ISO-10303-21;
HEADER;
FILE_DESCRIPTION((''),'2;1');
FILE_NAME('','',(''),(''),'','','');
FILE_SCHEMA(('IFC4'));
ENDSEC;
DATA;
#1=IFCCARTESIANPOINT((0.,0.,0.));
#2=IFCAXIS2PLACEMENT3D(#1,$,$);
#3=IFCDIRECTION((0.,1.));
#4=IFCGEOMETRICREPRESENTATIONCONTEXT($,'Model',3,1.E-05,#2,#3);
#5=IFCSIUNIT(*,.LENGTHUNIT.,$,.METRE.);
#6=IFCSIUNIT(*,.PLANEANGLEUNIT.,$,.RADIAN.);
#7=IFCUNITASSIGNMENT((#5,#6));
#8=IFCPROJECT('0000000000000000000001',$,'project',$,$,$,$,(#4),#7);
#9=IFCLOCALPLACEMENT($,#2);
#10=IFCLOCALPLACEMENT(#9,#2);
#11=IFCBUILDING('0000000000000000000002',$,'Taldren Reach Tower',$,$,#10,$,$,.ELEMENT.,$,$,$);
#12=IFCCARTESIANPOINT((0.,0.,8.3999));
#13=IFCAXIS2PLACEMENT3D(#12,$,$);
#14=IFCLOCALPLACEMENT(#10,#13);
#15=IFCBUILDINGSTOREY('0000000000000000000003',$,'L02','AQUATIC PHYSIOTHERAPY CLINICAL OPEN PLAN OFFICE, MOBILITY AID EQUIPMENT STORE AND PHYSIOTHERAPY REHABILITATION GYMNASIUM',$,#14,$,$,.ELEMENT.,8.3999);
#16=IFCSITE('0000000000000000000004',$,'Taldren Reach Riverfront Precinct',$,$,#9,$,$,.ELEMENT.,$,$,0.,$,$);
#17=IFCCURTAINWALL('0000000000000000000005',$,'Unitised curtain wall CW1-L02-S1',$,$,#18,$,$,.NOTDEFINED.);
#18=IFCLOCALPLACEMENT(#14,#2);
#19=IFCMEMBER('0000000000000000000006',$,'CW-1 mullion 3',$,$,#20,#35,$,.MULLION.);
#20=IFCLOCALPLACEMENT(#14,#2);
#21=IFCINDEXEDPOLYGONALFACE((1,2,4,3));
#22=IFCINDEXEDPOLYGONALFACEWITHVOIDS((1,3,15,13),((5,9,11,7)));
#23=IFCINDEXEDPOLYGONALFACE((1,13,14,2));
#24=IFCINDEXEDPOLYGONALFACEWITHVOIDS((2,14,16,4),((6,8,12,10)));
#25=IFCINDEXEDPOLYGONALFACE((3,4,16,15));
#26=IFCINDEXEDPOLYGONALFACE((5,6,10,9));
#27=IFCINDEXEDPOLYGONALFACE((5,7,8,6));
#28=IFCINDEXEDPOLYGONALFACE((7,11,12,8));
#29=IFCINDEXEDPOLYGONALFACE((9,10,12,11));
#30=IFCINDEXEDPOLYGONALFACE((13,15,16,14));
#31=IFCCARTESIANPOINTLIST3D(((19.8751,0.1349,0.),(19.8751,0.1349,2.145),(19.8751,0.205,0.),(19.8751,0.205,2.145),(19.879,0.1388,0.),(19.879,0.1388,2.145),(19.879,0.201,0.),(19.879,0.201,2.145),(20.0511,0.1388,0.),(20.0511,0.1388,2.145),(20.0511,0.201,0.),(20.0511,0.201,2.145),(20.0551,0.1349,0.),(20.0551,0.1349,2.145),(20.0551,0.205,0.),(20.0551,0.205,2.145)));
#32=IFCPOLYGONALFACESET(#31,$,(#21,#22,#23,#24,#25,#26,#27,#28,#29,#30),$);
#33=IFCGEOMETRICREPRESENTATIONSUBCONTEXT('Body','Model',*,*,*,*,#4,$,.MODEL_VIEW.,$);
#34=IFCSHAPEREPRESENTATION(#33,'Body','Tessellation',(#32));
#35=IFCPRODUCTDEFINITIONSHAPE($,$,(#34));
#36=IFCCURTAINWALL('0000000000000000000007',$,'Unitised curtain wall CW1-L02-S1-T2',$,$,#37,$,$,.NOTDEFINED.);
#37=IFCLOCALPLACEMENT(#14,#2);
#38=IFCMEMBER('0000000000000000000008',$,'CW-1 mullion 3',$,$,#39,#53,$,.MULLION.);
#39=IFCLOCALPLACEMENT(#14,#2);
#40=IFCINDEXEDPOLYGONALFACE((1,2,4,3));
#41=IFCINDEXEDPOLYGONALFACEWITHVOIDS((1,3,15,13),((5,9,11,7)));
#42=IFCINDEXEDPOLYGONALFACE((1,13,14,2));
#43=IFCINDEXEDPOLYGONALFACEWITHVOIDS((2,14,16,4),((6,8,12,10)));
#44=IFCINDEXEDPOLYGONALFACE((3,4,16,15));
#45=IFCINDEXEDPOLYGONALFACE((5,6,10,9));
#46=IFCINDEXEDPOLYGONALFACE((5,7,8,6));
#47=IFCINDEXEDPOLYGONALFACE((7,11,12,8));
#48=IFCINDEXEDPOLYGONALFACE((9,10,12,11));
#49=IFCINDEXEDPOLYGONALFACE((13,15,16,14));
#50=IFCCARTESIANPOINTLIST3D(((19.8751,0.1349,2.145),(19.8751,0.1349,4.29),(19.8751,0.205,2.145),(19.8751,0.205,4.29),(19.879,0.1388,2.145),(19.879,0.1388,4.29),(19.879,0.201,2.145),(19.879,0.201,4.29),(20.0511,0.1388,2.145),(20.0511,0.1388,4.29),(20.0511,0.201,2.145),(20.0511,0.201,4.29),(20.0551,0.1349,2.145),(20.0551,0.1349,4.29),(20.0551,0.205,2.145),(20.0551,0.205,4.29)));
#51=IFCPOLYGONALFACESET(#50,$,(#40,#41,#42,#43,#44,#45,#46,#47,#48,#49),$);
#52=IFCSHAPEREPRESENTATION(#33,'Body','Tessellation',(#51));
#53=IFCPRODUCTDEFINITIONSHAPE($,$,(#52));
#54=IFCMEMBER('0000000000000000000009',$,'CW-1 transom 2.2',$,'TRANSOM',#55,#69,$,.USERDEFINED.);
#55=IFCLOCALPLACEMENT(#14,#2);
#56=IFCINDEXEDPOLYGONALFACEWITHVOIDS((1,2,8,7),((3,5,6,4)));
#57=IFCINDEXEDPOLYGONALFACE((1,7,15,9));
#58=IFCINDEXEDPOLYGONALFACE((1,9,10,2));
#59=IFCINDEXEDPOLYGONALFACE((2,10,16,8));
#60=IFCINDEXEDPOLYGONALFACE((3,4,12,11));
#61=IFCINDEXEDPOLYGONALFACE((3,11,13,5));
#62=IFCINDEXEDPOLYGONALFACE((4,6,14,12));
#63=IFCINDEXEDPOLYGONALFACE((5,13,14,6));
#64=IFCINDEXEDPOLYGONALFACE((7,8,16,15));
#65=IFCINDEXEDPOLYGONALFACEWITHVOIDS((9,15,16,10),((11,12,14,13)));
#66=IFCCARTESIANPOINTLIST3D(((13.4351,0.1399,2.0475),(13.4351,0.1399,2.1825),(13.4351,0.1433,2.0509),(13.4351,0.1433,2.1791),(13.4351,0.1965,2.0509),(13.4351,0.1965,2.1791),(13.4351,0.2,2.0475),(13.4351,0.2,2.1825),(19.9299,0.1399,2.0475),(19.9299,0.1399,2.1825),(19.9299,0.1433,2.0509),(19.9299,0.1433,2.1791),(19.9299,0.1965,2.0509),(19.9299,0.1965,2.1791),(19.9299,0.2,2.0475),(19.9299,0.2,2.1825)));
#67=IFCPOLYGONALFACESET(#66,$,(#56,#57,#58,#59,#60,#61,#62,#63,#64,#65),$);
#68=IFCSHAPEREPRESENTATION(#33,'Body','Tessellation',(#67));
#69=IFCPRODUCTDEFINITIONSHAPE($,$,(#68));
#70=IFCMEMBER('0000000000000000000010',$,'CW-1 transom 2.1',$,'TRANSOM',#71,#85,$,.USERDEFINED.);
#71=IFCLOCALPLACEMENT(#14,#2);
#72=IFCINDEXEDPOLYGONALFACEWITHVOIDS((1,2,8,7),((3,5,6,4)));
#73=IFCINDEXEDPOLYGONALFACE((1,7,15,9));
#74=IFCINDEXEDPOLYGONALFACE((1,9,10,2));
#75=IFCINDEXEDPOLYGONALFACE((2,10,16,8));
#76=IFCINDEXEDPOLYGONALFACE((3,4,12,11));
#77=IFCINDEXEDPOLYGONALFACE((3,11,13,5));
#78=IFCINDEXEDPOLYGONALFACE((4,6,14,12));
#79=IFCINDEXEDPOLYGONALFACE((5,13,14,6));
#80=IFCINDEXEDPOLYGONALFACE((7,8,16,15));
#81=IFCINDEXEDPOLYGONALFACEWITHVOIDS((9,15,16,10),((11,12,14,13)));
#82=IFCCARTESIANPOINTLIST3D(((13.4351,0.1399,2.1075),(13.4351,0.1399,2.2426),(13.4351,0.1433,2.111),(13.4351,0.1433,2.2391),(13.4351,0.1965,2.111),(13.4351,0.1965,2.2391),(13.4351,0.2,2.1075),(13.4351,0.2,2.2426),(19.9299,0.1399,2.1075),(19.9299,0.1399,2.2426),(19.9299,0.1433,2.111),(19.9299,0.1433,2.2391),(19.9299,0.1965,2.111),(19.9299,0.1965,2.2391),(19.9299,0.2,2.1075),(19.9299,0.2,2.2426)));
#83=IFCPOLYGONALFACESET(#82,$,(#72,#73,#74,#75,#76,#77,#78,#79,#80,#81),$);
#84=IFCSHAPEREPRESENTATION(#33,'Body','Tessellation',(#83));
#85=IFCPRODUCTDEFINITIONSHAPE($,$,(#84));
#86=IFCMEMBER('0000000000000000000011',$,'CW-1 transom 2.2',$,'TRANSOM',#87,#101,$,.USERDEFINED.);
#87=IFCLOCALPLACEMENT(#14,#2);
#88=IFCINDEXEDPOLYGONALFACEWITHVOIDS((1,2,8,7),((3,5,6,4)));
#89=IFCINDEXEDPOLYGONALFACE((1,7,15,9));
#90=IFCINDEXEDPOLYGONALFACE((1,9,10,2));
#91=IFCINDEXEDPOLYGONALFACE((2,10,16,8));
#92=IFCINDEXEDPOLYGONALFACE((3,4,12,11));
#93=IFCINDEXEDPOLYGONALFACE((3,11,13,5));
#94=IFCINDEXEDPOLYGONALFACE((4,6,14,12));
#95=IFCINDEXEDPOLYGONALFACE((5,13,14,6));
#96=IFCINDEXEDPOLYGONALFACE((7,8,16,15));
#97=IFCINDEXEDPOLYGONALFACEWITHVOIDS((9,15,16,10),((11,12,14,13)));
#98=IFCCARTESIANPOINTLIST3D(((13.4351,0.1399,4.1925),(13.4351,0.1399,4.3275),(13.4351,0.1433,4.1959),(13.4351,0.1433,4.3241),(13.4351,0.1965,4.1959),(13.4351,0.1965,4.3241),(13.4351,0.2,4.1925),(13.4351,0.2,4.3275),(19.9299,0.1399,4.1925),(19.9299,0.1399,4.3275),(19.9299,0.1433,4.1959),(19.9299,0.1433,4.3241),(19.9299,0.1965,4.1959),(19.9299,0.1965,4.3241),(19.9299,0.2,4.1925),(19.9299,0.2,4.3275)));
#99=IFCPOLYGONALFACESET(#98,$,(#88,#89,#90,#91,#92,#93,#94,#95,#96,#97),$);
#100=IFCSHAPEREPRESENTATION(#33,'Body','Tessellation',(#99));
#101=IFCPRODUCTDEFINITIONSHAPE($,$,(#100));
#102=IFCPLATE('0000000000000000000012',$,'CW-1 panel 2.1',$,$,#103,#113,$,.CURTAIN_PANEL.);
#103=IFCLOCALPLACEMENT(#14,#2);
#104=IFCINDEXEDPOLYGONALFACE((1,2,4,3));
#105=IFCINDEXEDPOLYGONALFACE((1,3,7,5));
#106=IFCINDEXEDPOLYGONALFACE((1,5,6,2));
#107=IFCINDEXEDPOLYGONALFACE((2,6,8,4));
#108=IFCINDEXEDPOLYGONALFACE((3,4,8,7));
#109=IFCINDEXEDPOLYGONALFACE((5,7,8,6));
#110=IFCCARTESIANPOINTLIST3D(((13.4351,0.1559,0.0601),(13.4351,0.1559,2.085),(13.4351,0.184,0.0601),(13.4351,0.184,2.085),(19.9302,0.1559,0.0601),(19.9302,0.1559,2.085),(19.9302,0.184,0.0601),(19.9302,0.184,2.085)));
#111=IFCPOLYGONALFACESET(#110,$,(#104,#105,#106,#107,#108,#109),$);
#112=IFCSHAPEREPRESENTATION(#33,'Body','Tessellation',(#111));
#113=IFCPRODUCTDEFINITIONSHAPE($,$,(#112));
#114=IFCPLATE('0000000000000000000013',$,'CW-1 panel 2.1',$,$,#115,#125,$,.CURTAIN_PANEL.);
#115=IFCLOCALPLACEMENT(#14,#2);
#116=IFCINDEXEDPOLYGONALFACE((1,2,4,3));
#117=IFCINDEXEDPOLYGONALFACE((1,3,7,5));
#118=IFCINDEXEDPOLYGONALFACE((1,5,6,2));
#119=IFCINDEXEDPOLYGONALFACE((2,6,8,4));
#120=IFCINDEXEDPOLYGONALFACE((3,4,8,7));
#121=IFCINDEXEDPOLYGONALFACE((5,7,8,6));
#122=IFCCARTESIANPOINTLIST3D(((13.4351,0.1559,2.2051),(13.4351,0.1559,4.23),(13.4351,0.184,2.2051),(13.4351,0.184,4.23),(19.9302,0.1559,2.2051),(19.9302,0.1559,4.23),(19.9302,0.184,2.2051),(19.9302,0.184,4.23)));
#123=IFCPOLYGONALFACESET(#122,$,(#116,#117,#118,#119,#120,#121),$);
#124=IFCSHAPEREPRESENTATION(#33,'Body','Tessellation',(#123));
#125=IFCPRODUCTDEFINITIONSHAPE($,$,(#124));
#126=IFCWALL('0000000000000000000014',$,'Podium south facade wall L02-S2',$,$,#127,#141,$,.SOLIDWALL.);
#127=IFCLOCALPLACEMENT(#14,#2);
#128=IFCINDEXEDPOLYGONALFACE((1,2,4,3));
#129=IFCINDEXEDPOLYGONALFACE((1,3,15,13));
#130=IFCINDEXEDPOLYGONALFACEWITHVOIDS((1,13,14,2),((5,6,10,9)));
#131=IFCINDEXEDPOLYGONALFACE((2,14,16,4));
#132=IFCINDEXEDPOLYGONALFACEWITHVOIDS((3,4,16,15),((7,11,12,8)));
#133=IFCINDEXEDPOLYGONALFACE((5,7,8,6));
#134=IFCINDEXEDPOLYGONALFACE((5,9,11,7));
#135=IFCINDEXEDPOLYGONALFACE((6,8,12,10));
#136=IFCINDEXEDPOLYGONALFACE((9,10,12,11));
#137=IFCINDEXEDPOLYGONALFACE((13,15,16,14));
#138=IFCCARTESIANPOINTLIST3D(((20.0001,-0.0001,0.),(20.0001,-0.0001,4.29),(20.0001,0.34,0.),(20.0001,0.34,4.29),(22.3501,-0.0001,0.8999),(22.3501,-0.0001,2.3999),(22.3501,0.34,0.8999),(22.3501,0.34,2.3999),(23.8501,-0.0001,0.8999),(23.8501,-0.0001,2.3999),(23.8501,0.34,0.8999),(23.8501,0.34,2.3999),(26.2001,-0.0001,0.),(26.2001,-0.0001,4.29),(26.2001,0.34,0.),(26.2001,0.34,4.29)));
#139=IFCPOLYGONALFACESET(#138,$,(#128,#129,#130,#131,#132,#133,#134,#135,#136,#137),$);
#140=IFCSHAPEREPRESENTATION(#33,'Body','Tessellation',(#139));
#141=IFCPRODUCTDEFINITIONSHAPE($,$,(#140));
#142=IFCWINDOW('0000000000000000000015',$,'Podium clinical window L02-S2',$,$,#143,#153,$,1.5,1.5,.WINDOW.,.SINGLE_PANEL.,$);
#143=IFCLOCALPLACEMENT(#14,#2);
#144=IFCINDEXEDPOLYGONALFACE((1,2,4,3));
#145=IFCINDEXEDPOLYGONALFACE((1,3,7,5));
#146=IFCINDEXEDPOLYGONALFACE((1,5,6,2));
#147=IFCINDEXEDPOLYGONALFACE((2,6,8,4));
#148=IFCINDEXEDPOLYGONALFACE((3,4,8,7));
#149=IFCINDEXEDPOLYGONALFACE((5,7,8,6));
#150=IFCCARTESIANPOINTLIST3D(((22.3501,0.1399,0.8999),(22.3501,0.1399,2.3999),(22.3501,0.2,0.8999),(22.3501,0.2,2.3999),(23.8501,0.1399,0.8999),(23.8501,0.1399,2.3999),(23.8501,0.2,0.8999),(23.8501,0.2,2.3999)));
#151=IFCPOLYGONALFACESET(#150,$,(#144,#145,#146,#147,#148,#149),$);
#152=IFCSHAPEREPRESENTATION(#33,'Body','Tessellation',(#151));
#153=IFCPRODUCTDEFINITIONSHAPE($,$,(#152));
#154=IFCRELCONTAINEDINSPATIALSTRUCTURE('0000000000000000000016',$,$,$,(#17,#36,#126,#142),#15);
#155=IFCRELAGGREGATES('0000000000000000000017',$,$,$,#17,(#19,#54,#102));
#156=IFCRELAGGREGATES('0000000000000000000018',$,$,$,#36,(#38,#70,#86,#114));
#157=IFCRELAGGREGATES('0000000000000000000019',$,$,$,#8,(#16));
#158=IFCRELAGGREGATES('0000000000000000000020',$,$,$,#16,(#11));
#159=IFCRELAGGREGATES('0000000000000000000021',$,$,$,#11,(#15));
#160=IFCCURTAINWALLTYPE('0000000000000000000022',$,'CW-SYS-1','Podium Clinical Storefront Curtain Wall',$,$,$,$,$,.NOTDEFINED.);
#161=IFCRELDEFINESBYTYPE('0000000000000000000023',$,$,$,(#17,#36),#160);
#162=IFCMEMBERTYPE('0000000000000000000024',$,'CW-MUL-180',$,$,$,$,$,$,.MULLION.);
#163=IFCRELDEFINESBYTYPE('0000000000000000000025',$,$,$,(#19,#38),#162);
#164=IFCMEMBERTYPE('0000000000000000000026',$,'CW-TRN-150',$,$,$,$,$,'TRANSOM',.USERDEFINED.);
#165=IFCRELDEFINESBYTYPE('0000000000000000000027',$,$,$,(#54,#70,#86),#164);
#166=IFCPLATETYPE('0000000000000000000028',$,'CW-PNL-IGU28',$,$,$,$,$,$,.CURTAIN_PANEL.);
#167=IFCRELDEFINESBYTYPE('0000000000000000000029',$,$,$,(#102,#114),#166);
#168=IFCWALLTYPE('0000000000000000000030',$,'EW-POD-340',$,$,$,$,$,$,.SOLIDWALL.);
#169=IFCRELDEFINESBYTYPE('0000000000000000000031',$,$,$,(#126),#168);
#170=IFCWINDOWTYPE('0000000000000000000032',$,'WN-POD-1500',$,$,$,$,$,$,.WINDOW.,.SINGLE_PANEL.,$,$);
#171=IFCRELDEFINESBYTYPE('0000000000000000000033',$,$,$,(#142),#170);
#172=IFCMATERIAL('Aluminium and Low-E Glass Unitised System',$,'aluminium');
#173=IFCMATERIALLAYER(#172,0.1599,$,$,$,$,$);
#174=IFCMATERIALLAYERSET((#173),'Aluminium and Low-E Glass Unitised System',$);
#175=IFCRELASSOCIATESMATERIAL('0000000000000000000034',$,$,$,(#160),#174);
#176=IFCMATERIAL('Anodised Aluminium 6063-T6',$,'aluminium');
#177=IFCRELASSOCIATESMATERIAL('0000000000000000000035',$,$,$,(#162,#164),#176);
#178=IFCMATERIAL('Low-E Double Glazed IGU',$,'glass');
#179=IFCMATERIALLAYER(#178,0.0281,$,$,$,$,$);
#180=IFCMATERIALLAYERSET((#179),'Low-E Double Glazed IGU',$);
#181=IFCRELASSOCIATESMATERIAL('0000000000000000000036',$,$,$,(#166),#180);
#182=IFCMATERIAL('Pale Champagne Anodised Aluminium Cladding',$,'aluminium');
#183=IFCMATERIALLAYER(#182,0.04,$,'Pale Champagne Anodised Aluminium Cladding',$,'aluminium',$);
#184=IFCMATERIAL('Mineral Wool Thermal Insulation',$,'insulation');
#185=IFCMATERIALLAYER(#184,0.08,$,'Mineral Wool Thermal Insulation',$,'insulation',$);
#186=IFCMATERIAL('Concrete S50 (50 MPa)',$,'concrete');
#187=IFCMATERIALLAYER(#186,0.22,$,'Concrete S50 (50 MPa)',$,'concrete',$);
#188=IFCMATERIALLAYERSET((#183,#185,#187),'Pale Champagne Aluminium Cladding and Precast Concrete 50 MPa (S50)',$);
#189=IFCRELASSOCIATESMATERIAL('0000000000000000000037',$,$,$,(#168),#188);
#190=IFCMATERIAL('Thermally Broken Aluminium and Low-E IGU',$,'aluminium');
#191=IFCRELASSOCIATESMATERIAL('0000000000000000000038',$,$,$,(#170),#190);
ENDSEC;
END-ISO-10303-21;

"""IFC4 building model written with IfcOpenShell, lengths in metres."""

from ifc_helpers import new_model, si_unit, direction, frame, frame_2d, origin, origin_2d, place, context, subcontext, project, spatial, rectangle, hollow_rectangle, extrude, source, transform, mapped, material, layer, layer_set, material_profile, profile_set, type_object, element, fill, aggregate, save


model = new_model("IFC4")

# Units and contexts
model_context = context("Model", 3, precision=1e-05, world=origin(), true_north=direction((0.0, 1.0)))
body_context = subcontext(model_context, "Body", "Model", "MODEL_VIEW")
ifc_project = project(units=[si_unit("LENGTHUNIT", "METRE"), si_unit("PLANEANGLEUNIT", "RADIAN")], contexts=[model_context])

# Site, building, storey
site_placement = place(None, origin())
site = spatial("IfcSite", under=ifc_project, at=site_placement, Name="Taldren Reach Riverfront Precinct", CompositionType="ELEMENT", RefElevation=0.0)
building_placement = place(site_placement, origin())
building = spatial("IfcBuilding", under=site, at=building_placement, Name="Taldren Reach Tower", CompositionType="ELEMENT")
storey_placement = place(building_placement, frame((0.0, 0.0, 8.3999)))
storey = spatial("IfcBuildingStorey", under=building, at=storey_placement, Name="L02", Description="AQUATIC PHYSIOTHERAPY CLINICAL OPEN PLAN OFFICE, MOBILITY AID EQUIPMENT STORE AND PHYSIOTHERAPY REHABILITATION GYMNASIUM", CompositionType="ELEMENT", Elevation=8.3999)

# Curtain walls, members
ifc_material_1 = material(Name="Aluminium and Low-E Glass Unitised System", Category="aluminium")
ifc_layer_1 = layer(ifc_material_1, 0.1599)
ifc_layer_set_1 = layer_set([ifc_layer_1], Name="Aluminium and Low-E Glass Unitised System")
curtain_wall_type = type_object("IfcCurtainWallType", Name="CW-SYS-1", Description="Podium Clinical Storefront Curtain Wall", PredefinedType="NOTDEFINED", material=ifc_layer_set_1)
curtain_wall_1_placement = place(storey_placement, origin())
curtain_wall_1 = element("IfcCurtainWall", 1, at=curtain_wall_1_placement, inside=storey, type_object=curtain_wall_type, Name="Unitised curtain wall CW1-L02-S1", PredefinedType="NOTDEFINED")
ifc_material_2 = material(Name="Anodised Aluminium 6063-T6", Category="aluminium")
ifc_material_profile_1 = material_profile(ifc_material_2, hollow_rectangle(XDim=0.0701, YDim=0.1799, WallThickness=0.0039, at=origin_2d()), Name="ALU-180x70x4RHS")
ifc_profile_set_1 = profile_set([ifc_material_profile_1], Name="Anodised Aluminium 6063-T6")
member_type_1 = type_object("IfcMemberType", Name="CW-MUL-180", PredefinedType="MULLION", material=ifc_profile_set_1)
shared_shape_1 = source(origin(), body_context, "Body", "SweptSolid", [
    extrude(hollow_rectangle(XDim=0.0701, YDim=0.1799, WallThickness=0.0039, at=origin_2d()), origin(), (0.0, 0.0, 1.0), 2.145),
])
member_1_placement = place(storey_placement, frame((19.9651, 0.1699, 0.0), z_axis=(0.0, 0.0, 1.0), x_axis=(0.0, 1.0, 0.0)))
member_1 = element("IfcMember", 2, at=member_1_placement, type_object=member_type_1, Name="CW-1 mullion 3", PredefinedType="MULLION", context=body_context, shape_type="MappedRepresentation", body=[
    mapped(shared_shape_1, transform((0.0, 0.0, 0.0), scale=1.0)),
])
curtain_wall_2_placement = place(storey_placement, origin())
curtain_wall_2 = element("IfcCurtainWall", 3, at=curtain_wall_2_placement, inside=storey, type_object=curtain_wall_type, Name="Unitised curtain wall CW1-L02-S1-T2", PredefinedType="NOTDEFINED")
member_2_placement = place(storey_placement, frame((19.9651, 0.1699, 2.145), z_axis=(0.0, 0.0, 1.0), x_axis=(0.0, 1.0, 0.0)))
member_2 = element("IfcMember", 4, at=member_2_placement, type_object=member_type_1, Name="CW-1 mullion 3", PredefinedType="MULLION", context=body_context, shape_type="MappedRepresentation", body=[
    mapped(shared_shape_1, transform((0.0, 0.0, 0.0), scale=1.0)),
])

# Members
ifc_material_profile_2 = material_profile(ifc_material_2, hollow_rectangle(XDim=0.0601, YDim=0.135, WallThickness=0.0034, at=origin_2d()), Name="ALU-135x60x3.5RHS")
ifc_profile_set_2 = profile_set([ifc_material_profile_2], Name="Anodised Aluminium 6063-T6")
member_type_2 = type_object("IfcMemberType", Name="CW-TRN-150", ElementType="TRANSOM", PredefinedType="USERDEFINED", material=ifc_profile_set_2)
shared_shape_2 = source(origin(), body_context, "Body", "SweptSolid", [
    extrude(hollow_rectangle(XDim=0.0601, YDim=0.135, WallThickness=0.0034, at=origin_2d()), origin(), (0.0, 0.0, 1.0), 6.4949),
])
member_3_placement = place(storey_placement, frame((13.4351, 0.1699, 2.115), z_axis=(1.0, 0.0, 0.0), x_axis=(0.0, 1.0, 0.0)))
member_3 = element("IfcMember", 5, at=member_3_placement, type_object=member_type_2, Name="CW-1 transom 2.2", ObjectType="TRANSOM", PredefinedType="USERDEFINED", context=body_context, shape_type="MappedRepresentation", body=[
    mapped(shared_shape_2, transform((0.0, 0.0, 0.0), scale=1.0)),
])
member_4_placement = place(storey_placement, frame((13.4351, 0.1699, 2.175), z_axis=(1.0, 0.0, 0.0), x_axis=(0.0, 1.0, 0.0)))
member_4 = element("IfcMember", 6, at=member_4_placement, type_object=member_type_2, Name="CW-1 transom 2.1", ObjectType="TRANSOM", PredefinedType="USERDEFINED", context=body_context, shape_type="MappedRepresentation", body=[
    mapped(shared_shape_2, transform((0.0, 0.0, 0.0), scale=1.0)),
])
member_5_placement = place(storey_placement, frame((13.4351, 0.1699, 4.26), z_axis=(1.0, 0.0, 0.0), x_axis=(0.0, 1.0, 0.0)))
member_5 = element("IfcMember", 7, at=member_5_placement, type_object=member_type_2, Name="CW-1 transom 2.2", ObjectType="TRANSOM", PredefinedType="USERDEFINED", context=body_context, shape_type="MappedRepresentation", body=[
    mapped(shared_shape_2, transform((0.0, 0.0, 0.0), scale=1.0)),
])

# Plates
ifc_material_3 = material(Name="Low-E Double Glazed IGU", Category="glass")
ifc_layer_2 = layer(ifc_material_3, 0.0281)
ifc_layer_set_2 = layer_set([ifc_layer_2], Name="Low-E Double Glazed IGU")
plate_type = type_object("IfcPlateType", Name="CW-PNL-IGU28", PredefinedType="CURTAIN_PANEL", material=ifc_layer_set_2)
shared_shape_3 = source(origin(), body_context, "Body", "SweptSolid", [
    extrude(rectangle(XDim=6.4951, YDim=0.0281, at=origin_2d()), origin(), (0.0, 0.0, 1.0), 2.0249),
])
plate_1_placement = place(storey_placement, frame((16.6826, 0.1699, 0.0601), z_axis=(0.0, 0.0, 1.0), x_axis=(1.0, 0.0, 0.0)))
plate_1 = element("IfcPlate", 8, at=plate_1_placement, type_object=plate_type, Name="CW-1 panel 2.1", PredefinedType="CURTAIN_PANEL", context=body_context, shape_type="MappedRepresentation", body=[
    mapped(shared_shape_3, transform((0.0, 0.0, 0.0), scale=1.0)),
])
aggregate(curtain_wall_1, [member_1, member_3, plate_1])
plate_2_placement = place(storey_placement, frame((16.6826, 0.1699, 2.2051), z_axis=(0.0, 0.0, 1.0), x_axis=(1.0, 0.0, 0.0)))
plate_2 = element("IfcPlate", 9, at=plate_2_placement, type_object=plate_type, Name="CW-1 panel 2.1", PredefinedType="CURTAIN_PANEL", context=body_context, shape_type="MappedRepresentation", body=[
    mapped(shared_shape_3, transform((0.0, 0.0, 0.0), scale=1.0)),
])
aggregate(curtain_wall_2, [member_2, member_4, member_5, plate_2])

# Wall, opening, window
ifc_material_4 = material(Name="Pale Champagne Anodised Aluminium Cladding", Category="aluminium")
ifc_layer_3 = layer(ifc_material_4, 0.04, Name="Pale Champagne Anodised Aluminium Cladding", Category="aluminium")
ifc_material_5 = material(Name="Mineral Wool Thermal Insulation", Category="insulation")
ifc_layer_4 = layer(ifc_material_5, 0.08, Name="Mineral Wool Thermal Insulation", Category="insulation")
ifc_material_6 = material(Name="Concrete S50 (50 MPa)", Category="concrete")
ifc_layer_5 = layer(ifc_material_6, 0.22, Name="Concrete S50 (50 MPa)", Category="concrete")
ifc_layer_set_3 = layer_set([ifc_layer_3, ifc_layer_4, ifc_layer_5], Name="Pale Champagne Aluminium Cladding and Precast Concrete 50 MPa (S50)")
wall_type_1 = type_object("IfcWallType", Name="EW-POD-340", PredefinedType="SOLIDWALL", material=ifc_layer_set_3)
shared_shape_4 = source(origin(), body_context, "Body", "SweptSolid", [
    extrude(rectangle(XDim=6.2, YDim=0.3401, at=frame_2d((3.1001, 0.0))), origin(), (0.0, 0.0, 1.0), 4.29),
])
wall_1_placement = place(storey_placement, frame((20.0, 0.1699, 0.0), z_axis=(0.0, 0.0, 1.0), x_axis=(1.0, 0.0, 0.0)))
wall_1 = element("IfcWall", 10, at=wall_1_placement, inside=storey, type_object=wall_type_1, Name="Podium south facade wall L02-S2", PredefinedType="SOLIDWALL", context=body_context, shape_type="MappedRepresentation", body=[
    mapped(shared_shape_4, transform((0.0, 0.0, 0.0), scale=1.0)),
])
shared_shape_5 = source(origin(), body_context, "Body", "SweptSolid", [
    extrude(rectangle(XDim=1.5, YDim=1.5, at=frame_2d((0.75, 0.75))), frame((0.0, 0.1802, 0.0), z_axis=(0.0, -1.0, 0.0), x_axis=(1.0, 0.0, 0.0)), (0.0, 0.0, 1.0), 0.3601),
])
opening_1_placement = place(wall_1_placement, frame((2.3501, 0.0, 0.8999)))
opening_1 = element("IfcOpeningElement", 11, at=opening_1_placement, cuts=wall_1, PredefinedType="OPENING", context=body_context, shape_type="MappedRepresentation", body=[
    mapped(shared_shape_5, transform((0.0, 0.0, 0.0), scale=1.0)),
])
ifc_material_7 = material(Name="Thermally Broken Aluminium and Low-E IGU", Category="aluminium")
window_type = type_object("IfcWindowType", Name="WN-POD-1500", PartitioningType="SINGLE_PANEL", PredefinedType="WINDOW", material=ifc_material_7)
shared_shape_6 = source(origin(), body_context, "Body", "SweptSolid", [
    extrude(rectangle(XDim=1.5, YDim=1.5, at=frame_2d((0.75, 0.75))), frame((0.0, 0.03, 0.0), z_axis=(0.0, -1.0, 0.0), x_axis=(1.0, 0.0, 0.0)), (0.0, 0.0, 1.0), 0.0601),
])
window_placement = place(opening_1_placement, origin())
window = element("IfcWindow", 12, at=window_placement, inside=storey, type_object=window_type, Name="Podium clinical window L02-S2", OverallHeight=1.5, OverallWidth=1.5, PartitioningType="SINGLE_PANEL", PredefinedType="WINDOW", context=body_context, shape_type="MappedRepresentation", body=[
    mapped(shared_shape_6, transform((0.0, 0.0, 0.0), scale=1.0)),
])
fill(opening_1, window)

save(model, "model.ifc")
